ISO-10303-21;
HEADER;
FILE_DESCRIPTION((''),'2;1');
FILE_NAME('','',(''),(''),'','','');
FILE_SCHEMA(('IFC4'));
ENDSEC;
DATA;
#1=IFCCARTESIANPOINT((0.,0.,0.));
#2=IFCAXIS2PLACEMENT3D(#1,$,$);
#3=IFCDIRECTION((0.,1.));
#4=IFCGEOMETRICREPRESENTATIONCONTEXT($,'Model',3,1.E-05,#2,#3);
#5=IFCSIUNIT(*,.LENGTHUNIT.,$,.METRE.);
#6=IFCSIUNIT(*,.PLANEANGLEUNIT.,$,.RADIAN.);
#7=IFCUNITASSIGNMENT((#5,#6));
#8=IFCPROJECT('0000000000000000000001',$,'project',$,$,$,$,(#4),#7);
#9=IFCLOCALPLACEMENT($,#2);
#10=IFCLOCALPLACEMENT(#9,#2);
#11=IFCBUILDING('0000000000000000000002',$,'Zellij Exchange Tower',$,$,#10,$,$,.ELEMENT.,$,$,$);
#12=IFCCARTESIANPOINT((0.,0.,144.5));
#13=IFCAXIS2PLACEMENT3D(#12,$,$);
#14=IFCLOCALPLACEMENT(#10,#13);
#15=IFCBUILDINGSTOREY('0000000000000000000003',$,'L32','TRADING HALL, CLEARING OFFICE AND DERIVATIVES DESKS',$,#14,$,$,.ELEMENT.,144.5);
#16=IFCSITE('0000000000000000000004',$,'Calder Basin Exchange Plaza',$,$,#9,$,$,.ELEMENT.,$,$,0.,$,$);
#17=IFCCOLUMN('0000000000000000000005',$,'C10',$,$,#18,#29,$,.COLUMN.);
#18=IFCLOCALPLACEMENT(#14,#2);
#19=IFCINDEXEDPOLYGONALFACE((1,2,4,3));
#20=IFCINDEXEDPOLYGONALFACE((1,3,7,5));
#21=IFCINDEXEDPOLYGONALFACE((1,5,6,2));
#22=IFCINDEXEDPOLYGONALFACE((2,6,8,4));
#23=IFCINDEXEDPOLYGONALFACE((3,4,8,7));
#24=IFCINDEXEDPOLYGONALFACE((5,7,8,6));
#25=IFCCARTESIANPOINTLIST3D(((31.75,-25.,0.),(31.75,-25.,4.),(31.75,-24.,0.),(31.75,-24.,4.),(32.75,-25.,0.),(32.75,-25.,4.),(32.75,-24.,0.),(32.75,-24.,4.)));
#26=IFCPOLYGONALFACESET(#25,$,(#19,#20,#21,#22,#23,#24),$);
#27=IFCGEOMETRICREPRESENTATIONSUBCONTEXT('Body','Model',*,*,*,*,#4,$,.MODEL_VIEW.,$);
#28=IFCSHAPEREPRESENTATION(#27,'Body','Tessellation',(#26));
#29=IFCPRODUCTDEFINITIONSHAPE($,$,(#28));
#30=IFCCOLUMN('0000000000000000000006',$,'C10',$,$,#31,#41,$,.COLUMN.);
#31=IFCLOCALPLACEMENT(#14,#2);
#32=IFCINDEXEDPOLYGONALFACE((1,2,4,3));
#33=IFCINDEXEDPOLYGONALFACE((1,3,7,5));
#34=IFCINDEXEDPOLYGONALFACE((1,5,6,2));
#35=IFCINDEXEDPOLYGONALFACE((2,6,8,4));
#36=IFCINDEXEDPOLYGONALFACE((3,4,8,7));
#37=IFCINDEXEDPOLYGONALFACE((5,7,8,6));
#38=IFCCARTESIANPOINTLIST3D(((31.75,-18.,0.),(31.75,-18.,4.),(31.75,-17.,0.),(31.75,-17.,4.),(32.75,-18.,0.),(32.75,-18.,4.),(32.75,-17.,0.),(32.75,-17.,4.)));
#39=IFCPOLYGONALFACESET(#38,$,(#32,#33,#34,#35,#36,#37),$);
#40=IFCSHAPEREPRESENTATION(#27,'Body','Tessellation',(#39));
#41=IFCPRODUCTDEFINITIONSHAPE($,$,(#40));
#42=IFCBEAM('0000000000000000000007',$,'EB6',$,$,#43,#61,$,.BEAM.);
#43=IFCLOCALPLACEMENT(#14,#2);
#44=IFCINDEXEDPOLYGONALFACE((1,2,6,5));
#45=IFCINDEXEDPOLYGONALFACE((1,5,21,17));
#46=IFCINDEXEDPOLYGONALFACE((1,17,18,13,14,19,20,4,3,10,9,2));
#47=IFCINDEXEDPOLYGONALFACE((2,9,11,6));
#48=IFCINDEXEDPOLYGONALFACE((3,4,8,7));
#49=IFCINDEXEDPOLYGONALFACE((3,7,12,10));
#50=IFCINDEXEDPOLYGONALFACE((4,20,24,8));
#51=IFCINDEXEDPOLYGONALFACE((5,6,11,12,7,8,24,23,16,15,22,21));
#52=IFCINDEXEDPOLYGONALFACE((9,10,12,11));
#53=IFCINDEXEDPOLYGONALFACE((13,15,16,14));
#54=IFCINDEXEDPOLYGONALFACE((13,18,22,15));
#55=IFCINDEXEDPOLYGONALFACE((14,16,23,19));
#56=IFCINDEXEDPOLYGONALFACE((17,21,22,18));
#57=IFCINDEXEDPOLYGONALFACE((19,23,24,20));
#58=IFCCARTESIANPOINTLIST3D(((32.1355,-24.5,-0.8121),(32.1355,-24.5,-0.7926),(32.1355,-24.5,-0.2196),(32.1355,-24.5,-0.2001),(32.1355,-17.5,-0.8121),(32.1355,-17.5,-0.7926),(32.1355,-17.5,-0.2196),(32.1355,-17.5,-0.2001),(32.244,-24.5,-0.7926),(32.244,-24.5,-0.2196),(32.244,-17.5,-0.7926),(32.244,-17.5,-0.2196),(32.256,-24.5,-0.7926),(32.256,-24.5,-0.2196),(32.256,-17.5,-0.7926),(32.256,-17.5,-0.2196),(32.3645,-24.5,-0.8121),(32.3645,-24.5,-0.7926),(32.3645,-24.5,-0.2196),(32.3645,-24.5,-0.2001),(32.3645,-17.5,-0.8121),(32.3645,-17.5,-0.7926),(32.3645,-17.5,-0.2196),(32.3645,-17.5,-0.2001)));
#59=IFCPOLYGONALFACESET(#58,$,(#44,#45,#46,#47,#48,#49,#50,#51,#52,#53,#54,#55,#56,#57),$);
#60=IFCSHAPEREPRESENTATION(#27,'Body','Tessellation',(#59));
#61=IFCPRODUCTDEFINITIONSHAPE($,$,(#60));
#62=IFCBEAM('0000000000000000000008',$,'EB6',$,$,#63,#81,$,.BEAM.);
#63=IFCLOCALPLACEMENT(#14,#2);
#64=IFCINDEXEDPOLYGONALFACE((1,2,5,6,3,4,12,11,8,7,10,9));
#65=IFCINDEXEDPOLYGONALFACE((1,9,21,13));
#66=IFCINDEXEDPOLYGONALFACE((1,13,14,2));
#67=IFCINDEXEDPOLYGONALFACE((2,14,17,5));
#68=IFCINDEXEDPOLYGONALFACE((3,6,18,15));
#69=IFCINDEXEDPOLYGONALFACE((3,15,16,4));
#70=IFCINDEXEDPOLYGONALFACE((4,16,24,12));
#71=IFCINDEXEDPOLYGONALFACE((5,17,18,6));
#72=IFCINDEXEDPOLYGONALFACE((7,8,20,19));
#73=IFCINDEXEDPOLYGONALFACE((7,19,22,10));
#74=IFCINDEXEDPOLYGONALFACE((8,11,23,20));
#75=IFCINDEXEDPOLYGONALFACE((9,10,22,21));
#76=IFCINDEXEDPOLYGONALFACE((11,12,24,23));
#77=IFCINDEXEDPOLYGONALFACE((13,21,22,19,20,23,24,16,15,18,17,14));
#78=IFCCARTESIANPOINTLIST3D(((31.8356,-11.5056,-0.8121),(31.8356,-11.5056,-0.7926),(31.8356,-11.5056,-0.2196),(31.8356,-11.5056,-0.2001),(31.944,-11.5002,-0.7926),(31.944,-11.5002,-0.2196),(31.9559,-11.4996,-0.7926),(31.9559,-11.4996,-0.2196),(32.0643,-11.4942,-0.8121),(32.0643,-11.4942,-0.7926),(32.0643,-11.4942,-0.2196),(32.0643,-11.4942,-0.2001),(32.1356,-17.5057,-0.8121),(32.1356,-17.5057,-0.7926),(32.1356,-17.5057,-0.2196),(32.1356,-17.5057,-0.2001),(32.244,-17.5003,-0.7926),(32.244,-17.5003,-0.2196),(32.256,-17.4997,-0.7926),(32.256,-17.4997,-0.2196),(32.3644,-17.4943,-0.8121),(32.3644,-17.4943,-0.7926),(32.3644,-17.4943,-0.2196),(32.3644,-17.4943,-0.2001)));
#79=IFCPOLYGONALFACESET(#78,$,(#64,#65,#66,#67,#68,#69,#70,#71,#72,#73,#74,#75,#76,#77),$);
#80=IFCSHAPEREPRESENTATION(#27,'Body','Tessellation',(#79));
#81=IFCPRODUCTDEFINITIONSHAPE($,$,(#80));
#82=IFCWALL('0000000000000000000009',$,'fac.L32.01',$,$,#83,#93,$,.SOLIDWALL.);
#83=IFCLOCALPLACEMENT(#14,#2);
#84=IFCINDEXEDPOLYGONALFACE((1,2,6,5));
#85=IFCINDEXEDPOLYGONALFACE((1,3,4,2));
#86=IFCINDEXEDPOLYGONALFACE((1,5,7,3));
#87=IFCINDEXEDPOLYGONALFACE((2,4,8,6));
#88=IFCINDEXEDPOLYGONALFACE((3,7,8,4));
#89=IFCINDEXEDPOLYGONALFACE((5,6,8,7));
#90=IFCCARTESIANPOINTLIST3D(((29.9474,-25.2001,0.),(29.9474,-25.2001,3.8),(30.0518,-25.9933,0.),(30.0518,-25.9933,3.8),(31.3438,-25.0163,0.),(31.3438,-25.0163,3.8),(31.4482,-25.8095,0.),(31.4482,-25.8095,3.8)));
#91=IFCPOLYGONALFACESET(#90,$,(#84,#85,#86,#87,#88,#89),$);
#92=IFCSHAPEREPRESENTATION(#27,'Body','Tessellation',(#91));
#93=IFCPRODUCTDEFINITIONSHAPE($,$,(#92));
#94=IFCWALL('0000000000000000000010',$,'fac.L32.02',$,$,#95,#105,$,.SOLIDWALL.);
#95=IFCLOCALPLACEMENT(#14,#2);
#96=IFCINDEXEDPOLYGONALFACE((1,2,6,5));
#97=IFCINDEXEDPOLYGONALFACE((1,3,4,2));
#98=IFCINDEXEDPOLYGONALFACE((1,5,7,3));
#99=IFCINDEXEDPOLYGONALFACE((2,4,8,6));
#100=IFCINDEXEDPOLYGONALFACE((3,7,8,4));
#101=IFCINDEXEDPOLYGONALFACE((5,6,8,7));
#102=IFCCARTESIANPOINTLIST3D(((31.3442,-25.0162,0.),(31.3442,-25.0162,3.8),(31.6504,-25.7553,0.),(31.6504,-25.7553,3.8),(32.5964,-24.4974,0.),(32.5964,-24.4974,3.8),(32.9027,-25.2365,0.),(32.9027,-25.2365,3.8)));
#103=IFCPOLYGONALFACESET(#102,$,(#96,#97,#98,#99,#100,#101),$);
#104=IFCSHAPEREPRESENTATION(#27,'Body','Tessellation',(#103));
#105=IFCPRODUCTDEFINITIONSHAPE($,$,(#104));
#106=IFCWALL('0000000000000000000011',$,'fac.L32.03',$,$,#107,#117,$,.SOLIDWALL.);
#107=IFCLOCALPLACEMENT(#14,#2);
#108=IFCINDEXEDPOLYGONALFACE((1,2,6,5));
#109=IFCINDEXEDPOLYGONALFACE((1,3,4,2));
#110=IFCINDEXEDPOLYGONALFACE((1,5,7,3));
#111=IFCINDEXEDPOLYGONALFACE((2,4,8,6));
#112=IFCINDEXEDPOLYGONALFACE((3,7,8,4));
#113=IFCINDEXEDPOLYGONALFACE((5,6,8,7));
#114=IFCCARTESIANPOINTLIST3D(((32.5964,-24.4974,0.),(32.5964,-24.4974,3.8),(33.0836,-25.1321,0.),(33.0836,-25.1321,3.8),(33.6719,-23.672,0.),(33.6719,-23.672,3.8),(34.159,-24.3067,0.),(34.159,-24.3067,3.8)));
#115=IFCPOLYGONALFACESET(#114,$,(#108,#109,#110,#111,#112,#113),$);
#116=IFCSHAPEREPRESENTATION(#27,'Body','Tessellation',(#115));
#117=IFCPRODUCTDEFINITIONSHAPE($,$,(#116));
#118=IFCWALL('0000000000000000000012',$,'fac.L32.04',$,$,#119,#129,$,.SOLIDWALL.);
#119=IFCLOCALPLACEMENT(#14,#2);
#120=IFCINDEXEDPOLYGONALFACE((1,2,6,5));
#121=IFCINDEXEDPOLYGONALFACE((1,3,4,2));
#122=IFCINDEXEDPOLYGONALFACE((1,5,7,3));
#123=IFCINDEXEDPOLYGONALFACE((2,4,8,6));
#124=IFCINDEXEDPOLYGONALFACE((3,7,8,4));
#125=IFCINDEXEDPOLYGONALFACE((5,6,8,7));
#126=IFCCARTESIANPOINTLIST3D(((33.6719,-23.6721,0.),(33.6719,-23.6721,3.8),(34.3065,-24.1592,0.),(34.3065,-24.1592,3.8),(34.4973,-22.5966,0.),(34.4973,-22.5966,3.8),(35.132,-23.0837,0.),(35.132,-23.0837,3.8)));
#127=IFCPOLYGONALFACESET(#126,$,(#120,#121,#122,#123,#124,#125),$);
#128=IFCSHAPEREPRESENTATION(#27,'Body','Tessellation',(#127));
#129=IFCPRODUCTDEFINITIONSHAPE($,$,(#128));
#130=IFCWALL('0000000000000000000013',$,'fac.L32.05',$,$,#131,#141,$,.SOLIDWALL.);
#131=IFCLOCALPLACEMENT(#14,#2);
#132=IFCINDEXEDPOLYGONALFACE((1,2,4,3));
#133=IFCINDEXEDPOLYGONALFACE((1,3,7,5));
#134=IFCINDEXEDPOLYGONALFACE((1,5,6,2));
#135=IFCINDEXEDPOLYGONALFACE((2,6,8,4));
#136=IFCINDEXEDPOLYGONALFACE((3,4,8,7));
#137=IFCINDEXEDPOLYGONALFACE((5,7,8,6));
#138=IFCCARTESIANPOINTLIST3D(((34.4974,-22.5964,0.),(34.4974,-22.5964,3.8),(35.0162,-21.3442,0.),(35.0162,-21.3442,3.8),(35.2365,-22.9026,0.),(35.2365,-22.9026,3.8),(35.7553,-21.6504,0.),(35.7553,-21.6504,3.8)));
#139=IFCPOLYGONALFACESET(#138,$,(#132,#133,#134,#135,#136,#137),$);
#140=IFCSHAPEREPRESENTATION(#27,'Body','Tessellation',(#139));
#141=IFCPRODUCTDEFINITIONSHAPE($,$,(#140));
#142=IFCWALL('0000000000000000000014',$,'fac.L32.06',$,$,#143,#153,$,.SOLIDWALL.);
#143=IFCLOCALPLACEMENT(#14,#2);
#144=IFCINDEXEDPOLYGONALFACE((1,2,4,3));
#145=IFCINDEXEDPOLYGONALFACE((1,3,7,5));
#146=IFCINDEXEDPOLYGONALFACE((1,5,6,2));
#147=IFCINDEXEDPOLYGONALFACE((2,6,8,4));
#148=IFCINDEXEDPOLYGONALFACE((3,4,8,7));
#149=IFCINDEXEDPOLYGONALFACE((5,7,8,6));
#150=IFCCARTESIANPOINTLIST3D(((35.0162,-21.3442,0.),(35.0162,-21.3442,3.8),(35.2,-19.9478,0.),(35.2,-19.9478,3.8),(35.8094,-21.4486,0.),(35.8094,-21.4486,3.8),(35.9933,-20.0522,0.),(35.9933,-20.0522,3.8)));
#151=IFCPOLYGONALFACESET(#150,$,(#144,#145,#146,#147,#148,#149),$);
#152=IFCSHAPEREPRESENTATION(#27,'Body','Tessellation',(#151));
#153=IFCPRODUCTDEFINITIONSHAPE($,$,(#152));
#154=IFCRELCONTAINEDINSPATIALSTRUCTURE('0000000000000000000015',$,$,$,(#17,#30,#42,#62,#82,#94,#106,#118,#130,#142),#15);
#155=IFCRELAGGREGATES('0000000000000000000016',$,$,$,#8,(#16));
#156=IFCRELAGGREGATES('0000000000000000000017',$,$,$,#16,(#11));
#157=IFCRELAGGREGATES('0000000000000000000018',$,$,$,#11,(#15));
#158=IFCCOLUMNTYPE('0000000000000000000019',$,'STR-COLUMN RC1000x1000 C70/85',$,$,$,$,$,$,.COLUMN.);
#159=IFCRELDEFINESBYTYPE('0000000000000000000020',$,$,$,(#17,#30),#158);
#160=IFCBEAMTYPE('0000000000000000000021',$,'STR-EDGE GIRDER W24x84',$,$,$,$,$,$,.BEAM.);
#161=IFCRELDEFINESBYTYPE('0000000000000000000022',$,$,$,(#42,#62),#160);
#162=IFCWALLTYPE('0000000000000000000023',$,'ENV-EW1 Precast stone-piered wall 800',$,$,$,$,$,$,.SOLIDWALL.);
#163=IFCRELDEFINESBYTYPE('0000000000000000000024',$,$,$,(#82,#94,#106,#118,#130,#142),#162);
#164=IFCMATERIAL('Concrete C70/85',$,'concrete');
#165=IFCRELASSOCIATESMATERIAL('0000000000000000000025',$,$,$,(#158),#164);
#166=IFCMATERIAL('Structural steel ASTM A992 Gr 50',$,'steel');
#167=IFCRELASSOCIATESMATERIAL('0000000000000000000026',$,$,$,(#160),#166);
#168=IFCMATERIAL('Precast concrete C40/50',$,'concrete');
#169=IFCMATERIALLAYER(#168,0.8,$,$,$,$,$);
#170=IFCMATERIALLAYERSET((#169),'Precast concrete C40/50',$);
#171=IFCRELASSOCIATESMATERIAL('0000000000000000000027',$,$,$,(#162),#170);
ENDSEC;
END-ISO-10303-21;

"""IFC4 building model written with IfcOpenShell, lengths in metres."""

from ifc_helpers import new_model, si_unit, direction, frame, frame_2d, origin, origin_2d, place, context, subcontext, project, spatial, rectangle, i_section, extrude, material, layer, layer_set, material_profile, profile_set, type_object, element, save


model = new_model("IFC4")

# Units and contexts
model_context = context("Model", 3, precision=1e-05, world=origin(), true_north=direction((0.0, 1.0)))
body_context = subcontext(model_context, "Body", "Model", "MODEL_VIEW")
ifc_project = project(units=[si_unit("LENGTHUNIT", "METRE"), si_unit("PLANEANGLEUNIT", "RADIAN")], contexts=[model_context])

# Site, building, storey
site_placement = place(None, origin())
site = spatial("IfcSite", under=ifc_project, at=site_placement, Name="Calder Basin Exchange Plaza", CompositionType="ELEMENT", RefElevation=0.0)
building_placement = place(site_placement, origin())
building = spatial("IfcBuilding", under=site, at=building_placement, Name="Zellij Exchange Tower", CompositionType="ELEMENT")
storey_placement = place(building_placement, frame((0.0, 0.0, 144.5)))
storey = spatial("IfcBuildingStorey", under=building, at=storey_placement, Name="L32", Description="TRADING HALL, CLEARING OFFICE AND DERIVATIVES DESKS", CompositionType="ELEMENT", Elevation=144.5)

# Columns
ifc_material_1 = material(Name="Concrete C70/85", Category="concrete")
ifc_material_profile_1 = material_profile(ifc_material_1, rectangle(XDim=1.0, YDim=1.0, at=origin_2d()), Name="STR-COLUMN RC1000x1000 C70/85")
ifc_profile_set_1 = profile_set([ifc_material_profile_1], Name="Concrete C70/85")
column_type = type_object("IfcColumnType", Name="STR-COLUMN RC1000x1000 C70/85", PredefinedType="COLUMN", material=ifc_profile_set_1)
for number, where, z_axis, x_axis, name in (
    (1, (32.25, -24.5, 0.0), (0.0, 0.0, 1.0), (1.0, 0.0, 0.0), "C10"),
    (2, (32.25, -17.5, 0.0), (0.0, 0.0, 1.0), (1.0, 0.0, 0.0), "C10"),
):
    element("IfcColumn", number, at=place(storey_placement, frame(where, z_axis=z_axis, x_axis=x_axis)), inside=storey, type_object=column_type, Name=name, PredefinedType="COLUMN", context=body_context, shape_type="SweptSolid", body=[
        extrude(rectangle(XDim=1.0, YDim=1.0, at=origin_2d()), origin(), (0.0, 0.0, 1.0), 4.0),
    ])

# Beams
ifc_material_2 = material(Name="Structural steel ASTM A992 Gr 50", Category="steel")
ifc_material_profile_2 = material_profile(ifc_material_2, i_section(OverallWidth=0.229, OverallDepth=0.6121, WebThickness=0.012, FlangeThickness=0.0195, at=origin_2d()), Name="W24x84")
ifc_profile_set_2 = profile_set([ifc_material_profile_2], Name="Structural steel ASTM A992 Gr 50")
beam_type = type_object("IfcBeamType", Name="STR-EDGE GIRDER W24x84", PredefinedType="BEAM", material=ifc_profile_set_2)
beam_1_placement = place(storey_placement, frame((32.25, -24.5, -0.5061), z_axis=(0.0, 1.0, 0.0), x_axis=(-1.0, 0.0, 0.0)))
element("IfcBeam", 3, at=beam_1_placement, inside=storey, type_object=beam_type, Name="EB6", PredefinedType="BEAM", context=body_context, shape_type="SweptSolid", body=[
    extrude(i_section(OverallWidth=0.229, OverallDepth=0.6121, WebThickness=0.012, FlangeThickness=0.0195, at=origin_2d()), origin(), (0.0, 0.0, 1.0), 7.0),
])
beam_2_placement = place(storey_placement, frame((32.25, -17.5, -0.5061), z_axis=(-0.049946, 0.998752, 0.0), x_axis=(-0.998752, -0.049946, 0.0)))
element("IfcBeam", 4, at=beam_2_placement, inside=storey, type_object=beam_type, Name="EB6", PredefinedType="BEAM", context=body_context, shape_type="SweptSolid", body=[
    extrude(i_section(OverallWidth=0.229, OverallDepth=0.6121, WebThickness=0.012, FlangeThickness=0.0195, at=origin_2d()), origin(), (0.0, 0.0, 1.0), 6.0076),
])

# Walls
ifc_material_3 = material(Name="Precast concrete C40/50", Category="concrete")
ifc_layer = layer(ifc_material_3, 0.8)
ifc_layer_set = layer_set([ifc_layer], Name="Precast concrete C40/50")
wall_type = type_object("IfcWallType", Name="ENV-EW1 Precast stone-piered wall 800", PredefinedType="SOLIDWALL", material=ifc_layer_set)
wall_1_placement = place(storey_placement, frame((29.9998, -25.5967, 0.0), z_axis=(0.0, 0.0, 1.0), x_axis=(0.991446, 0.130517, 0.0)))
element("IfcWall", 5, at=wall_1_placement, inside=storey, type_object=wall_type, Name="fac.L32.01", PredefinedType="SOLIDWALL", context=body_context, shape_type="SweptSolid", body=[
    extrude(rectangle(XDim=1.4084, YDim=0.8, at=frame_2d((0.7041, 0.0))), origin(), (0.0, 0.0, 1.0), 3.8),
])
wall_2_placement = place(storey_placement, frame((31.4973, -25.3857, 0.0), z_axis=(0.0, 0.0, 1.0), x_axis=(0.923848, 0.38276, 0.0)))
element("IfcWall", 6, at=wall_2_placement, inside=storey, type_object=wall_type, Name="fac.L32.02", PredefinedType="SOLIDWALL", context=body_context, shape_type="SweptSolid", body=[
    extrude(rectangle(XDim=1.3555, YDim=0.8, at=frame_2d((0.6777, 0.0))), origin(), (0.0, 0.0, 1.0), 3.8),
])
for number, where, z_axis, x_axis, name in (
    (7, (32.8401, -24.8147, 0.0), (0.0, 0.0, 1.0), (0.793273, 0.608866, 0.0), "fac.L32.03"),
    (8, (33.9893, -23.9155, 0.0), (0.0, 0.0, 1.0), (0.608866, 0.793273, 0.0), "fac.L32.04"),
):
    element("IfcWall", number, at=place(storey_placement, frame(where, z_axis=z_axis, x_axis=x_axis)), inside=storey, type_object=wall_type, Name=name, PredefinedType="SOLIDWALL", context=body_context, shape_type="SweptSolid", body=[
        extrude(rectangle(XDim=1.3557, YDim=0.8, at=frame_2d((0.6777, 0.0))), origin(), (0.0, 0.0, 1.0), 3.8),
    ])
wall_3_placement = place(storey_placement, frame((34.8669, -22.7495, 0.0), z_axis=(0.0, 0.0, 1.0), x_axis=(0.38276, 0.923848, 0.0)))
element("IfcWall", 9, at=wall_3_placement, inside=storey, type_object=wall_type, Name="fac.L32.05", PredefinedType="SOLIDWALL", context=body_context, shape_type="SweptSolid", body=[
    extrude(rectangle(XDim=1.3555, YDim=0.8, at=frame_2d((0.6777, 0.0))), origin(), (0.0, 0.0, 1.0), 3.8),
])
wall_4_placement = place(storey_placement, frame((35.4128, -21.3962, 0.0), z_axis=(0.0, 0.0, 1.0), x_axis=(0.130517, 0.991446, 0.0)))
element("IfcWall", 10, at=wall_4_placement, inside=storey, type_object=wall_type, Name="fac.L32.06", PredefinedType="SOLIDWALL", context=body_context, shape_type="SweptSolid", body=[
    extrude(rectangle(XDim=1.4084, YDim=0.8, at=frame_2d((0.7041, 0.0))), origin(), (0.0, 0.0, 1.0), 3.8),
])

save(model, "model.ifc")
